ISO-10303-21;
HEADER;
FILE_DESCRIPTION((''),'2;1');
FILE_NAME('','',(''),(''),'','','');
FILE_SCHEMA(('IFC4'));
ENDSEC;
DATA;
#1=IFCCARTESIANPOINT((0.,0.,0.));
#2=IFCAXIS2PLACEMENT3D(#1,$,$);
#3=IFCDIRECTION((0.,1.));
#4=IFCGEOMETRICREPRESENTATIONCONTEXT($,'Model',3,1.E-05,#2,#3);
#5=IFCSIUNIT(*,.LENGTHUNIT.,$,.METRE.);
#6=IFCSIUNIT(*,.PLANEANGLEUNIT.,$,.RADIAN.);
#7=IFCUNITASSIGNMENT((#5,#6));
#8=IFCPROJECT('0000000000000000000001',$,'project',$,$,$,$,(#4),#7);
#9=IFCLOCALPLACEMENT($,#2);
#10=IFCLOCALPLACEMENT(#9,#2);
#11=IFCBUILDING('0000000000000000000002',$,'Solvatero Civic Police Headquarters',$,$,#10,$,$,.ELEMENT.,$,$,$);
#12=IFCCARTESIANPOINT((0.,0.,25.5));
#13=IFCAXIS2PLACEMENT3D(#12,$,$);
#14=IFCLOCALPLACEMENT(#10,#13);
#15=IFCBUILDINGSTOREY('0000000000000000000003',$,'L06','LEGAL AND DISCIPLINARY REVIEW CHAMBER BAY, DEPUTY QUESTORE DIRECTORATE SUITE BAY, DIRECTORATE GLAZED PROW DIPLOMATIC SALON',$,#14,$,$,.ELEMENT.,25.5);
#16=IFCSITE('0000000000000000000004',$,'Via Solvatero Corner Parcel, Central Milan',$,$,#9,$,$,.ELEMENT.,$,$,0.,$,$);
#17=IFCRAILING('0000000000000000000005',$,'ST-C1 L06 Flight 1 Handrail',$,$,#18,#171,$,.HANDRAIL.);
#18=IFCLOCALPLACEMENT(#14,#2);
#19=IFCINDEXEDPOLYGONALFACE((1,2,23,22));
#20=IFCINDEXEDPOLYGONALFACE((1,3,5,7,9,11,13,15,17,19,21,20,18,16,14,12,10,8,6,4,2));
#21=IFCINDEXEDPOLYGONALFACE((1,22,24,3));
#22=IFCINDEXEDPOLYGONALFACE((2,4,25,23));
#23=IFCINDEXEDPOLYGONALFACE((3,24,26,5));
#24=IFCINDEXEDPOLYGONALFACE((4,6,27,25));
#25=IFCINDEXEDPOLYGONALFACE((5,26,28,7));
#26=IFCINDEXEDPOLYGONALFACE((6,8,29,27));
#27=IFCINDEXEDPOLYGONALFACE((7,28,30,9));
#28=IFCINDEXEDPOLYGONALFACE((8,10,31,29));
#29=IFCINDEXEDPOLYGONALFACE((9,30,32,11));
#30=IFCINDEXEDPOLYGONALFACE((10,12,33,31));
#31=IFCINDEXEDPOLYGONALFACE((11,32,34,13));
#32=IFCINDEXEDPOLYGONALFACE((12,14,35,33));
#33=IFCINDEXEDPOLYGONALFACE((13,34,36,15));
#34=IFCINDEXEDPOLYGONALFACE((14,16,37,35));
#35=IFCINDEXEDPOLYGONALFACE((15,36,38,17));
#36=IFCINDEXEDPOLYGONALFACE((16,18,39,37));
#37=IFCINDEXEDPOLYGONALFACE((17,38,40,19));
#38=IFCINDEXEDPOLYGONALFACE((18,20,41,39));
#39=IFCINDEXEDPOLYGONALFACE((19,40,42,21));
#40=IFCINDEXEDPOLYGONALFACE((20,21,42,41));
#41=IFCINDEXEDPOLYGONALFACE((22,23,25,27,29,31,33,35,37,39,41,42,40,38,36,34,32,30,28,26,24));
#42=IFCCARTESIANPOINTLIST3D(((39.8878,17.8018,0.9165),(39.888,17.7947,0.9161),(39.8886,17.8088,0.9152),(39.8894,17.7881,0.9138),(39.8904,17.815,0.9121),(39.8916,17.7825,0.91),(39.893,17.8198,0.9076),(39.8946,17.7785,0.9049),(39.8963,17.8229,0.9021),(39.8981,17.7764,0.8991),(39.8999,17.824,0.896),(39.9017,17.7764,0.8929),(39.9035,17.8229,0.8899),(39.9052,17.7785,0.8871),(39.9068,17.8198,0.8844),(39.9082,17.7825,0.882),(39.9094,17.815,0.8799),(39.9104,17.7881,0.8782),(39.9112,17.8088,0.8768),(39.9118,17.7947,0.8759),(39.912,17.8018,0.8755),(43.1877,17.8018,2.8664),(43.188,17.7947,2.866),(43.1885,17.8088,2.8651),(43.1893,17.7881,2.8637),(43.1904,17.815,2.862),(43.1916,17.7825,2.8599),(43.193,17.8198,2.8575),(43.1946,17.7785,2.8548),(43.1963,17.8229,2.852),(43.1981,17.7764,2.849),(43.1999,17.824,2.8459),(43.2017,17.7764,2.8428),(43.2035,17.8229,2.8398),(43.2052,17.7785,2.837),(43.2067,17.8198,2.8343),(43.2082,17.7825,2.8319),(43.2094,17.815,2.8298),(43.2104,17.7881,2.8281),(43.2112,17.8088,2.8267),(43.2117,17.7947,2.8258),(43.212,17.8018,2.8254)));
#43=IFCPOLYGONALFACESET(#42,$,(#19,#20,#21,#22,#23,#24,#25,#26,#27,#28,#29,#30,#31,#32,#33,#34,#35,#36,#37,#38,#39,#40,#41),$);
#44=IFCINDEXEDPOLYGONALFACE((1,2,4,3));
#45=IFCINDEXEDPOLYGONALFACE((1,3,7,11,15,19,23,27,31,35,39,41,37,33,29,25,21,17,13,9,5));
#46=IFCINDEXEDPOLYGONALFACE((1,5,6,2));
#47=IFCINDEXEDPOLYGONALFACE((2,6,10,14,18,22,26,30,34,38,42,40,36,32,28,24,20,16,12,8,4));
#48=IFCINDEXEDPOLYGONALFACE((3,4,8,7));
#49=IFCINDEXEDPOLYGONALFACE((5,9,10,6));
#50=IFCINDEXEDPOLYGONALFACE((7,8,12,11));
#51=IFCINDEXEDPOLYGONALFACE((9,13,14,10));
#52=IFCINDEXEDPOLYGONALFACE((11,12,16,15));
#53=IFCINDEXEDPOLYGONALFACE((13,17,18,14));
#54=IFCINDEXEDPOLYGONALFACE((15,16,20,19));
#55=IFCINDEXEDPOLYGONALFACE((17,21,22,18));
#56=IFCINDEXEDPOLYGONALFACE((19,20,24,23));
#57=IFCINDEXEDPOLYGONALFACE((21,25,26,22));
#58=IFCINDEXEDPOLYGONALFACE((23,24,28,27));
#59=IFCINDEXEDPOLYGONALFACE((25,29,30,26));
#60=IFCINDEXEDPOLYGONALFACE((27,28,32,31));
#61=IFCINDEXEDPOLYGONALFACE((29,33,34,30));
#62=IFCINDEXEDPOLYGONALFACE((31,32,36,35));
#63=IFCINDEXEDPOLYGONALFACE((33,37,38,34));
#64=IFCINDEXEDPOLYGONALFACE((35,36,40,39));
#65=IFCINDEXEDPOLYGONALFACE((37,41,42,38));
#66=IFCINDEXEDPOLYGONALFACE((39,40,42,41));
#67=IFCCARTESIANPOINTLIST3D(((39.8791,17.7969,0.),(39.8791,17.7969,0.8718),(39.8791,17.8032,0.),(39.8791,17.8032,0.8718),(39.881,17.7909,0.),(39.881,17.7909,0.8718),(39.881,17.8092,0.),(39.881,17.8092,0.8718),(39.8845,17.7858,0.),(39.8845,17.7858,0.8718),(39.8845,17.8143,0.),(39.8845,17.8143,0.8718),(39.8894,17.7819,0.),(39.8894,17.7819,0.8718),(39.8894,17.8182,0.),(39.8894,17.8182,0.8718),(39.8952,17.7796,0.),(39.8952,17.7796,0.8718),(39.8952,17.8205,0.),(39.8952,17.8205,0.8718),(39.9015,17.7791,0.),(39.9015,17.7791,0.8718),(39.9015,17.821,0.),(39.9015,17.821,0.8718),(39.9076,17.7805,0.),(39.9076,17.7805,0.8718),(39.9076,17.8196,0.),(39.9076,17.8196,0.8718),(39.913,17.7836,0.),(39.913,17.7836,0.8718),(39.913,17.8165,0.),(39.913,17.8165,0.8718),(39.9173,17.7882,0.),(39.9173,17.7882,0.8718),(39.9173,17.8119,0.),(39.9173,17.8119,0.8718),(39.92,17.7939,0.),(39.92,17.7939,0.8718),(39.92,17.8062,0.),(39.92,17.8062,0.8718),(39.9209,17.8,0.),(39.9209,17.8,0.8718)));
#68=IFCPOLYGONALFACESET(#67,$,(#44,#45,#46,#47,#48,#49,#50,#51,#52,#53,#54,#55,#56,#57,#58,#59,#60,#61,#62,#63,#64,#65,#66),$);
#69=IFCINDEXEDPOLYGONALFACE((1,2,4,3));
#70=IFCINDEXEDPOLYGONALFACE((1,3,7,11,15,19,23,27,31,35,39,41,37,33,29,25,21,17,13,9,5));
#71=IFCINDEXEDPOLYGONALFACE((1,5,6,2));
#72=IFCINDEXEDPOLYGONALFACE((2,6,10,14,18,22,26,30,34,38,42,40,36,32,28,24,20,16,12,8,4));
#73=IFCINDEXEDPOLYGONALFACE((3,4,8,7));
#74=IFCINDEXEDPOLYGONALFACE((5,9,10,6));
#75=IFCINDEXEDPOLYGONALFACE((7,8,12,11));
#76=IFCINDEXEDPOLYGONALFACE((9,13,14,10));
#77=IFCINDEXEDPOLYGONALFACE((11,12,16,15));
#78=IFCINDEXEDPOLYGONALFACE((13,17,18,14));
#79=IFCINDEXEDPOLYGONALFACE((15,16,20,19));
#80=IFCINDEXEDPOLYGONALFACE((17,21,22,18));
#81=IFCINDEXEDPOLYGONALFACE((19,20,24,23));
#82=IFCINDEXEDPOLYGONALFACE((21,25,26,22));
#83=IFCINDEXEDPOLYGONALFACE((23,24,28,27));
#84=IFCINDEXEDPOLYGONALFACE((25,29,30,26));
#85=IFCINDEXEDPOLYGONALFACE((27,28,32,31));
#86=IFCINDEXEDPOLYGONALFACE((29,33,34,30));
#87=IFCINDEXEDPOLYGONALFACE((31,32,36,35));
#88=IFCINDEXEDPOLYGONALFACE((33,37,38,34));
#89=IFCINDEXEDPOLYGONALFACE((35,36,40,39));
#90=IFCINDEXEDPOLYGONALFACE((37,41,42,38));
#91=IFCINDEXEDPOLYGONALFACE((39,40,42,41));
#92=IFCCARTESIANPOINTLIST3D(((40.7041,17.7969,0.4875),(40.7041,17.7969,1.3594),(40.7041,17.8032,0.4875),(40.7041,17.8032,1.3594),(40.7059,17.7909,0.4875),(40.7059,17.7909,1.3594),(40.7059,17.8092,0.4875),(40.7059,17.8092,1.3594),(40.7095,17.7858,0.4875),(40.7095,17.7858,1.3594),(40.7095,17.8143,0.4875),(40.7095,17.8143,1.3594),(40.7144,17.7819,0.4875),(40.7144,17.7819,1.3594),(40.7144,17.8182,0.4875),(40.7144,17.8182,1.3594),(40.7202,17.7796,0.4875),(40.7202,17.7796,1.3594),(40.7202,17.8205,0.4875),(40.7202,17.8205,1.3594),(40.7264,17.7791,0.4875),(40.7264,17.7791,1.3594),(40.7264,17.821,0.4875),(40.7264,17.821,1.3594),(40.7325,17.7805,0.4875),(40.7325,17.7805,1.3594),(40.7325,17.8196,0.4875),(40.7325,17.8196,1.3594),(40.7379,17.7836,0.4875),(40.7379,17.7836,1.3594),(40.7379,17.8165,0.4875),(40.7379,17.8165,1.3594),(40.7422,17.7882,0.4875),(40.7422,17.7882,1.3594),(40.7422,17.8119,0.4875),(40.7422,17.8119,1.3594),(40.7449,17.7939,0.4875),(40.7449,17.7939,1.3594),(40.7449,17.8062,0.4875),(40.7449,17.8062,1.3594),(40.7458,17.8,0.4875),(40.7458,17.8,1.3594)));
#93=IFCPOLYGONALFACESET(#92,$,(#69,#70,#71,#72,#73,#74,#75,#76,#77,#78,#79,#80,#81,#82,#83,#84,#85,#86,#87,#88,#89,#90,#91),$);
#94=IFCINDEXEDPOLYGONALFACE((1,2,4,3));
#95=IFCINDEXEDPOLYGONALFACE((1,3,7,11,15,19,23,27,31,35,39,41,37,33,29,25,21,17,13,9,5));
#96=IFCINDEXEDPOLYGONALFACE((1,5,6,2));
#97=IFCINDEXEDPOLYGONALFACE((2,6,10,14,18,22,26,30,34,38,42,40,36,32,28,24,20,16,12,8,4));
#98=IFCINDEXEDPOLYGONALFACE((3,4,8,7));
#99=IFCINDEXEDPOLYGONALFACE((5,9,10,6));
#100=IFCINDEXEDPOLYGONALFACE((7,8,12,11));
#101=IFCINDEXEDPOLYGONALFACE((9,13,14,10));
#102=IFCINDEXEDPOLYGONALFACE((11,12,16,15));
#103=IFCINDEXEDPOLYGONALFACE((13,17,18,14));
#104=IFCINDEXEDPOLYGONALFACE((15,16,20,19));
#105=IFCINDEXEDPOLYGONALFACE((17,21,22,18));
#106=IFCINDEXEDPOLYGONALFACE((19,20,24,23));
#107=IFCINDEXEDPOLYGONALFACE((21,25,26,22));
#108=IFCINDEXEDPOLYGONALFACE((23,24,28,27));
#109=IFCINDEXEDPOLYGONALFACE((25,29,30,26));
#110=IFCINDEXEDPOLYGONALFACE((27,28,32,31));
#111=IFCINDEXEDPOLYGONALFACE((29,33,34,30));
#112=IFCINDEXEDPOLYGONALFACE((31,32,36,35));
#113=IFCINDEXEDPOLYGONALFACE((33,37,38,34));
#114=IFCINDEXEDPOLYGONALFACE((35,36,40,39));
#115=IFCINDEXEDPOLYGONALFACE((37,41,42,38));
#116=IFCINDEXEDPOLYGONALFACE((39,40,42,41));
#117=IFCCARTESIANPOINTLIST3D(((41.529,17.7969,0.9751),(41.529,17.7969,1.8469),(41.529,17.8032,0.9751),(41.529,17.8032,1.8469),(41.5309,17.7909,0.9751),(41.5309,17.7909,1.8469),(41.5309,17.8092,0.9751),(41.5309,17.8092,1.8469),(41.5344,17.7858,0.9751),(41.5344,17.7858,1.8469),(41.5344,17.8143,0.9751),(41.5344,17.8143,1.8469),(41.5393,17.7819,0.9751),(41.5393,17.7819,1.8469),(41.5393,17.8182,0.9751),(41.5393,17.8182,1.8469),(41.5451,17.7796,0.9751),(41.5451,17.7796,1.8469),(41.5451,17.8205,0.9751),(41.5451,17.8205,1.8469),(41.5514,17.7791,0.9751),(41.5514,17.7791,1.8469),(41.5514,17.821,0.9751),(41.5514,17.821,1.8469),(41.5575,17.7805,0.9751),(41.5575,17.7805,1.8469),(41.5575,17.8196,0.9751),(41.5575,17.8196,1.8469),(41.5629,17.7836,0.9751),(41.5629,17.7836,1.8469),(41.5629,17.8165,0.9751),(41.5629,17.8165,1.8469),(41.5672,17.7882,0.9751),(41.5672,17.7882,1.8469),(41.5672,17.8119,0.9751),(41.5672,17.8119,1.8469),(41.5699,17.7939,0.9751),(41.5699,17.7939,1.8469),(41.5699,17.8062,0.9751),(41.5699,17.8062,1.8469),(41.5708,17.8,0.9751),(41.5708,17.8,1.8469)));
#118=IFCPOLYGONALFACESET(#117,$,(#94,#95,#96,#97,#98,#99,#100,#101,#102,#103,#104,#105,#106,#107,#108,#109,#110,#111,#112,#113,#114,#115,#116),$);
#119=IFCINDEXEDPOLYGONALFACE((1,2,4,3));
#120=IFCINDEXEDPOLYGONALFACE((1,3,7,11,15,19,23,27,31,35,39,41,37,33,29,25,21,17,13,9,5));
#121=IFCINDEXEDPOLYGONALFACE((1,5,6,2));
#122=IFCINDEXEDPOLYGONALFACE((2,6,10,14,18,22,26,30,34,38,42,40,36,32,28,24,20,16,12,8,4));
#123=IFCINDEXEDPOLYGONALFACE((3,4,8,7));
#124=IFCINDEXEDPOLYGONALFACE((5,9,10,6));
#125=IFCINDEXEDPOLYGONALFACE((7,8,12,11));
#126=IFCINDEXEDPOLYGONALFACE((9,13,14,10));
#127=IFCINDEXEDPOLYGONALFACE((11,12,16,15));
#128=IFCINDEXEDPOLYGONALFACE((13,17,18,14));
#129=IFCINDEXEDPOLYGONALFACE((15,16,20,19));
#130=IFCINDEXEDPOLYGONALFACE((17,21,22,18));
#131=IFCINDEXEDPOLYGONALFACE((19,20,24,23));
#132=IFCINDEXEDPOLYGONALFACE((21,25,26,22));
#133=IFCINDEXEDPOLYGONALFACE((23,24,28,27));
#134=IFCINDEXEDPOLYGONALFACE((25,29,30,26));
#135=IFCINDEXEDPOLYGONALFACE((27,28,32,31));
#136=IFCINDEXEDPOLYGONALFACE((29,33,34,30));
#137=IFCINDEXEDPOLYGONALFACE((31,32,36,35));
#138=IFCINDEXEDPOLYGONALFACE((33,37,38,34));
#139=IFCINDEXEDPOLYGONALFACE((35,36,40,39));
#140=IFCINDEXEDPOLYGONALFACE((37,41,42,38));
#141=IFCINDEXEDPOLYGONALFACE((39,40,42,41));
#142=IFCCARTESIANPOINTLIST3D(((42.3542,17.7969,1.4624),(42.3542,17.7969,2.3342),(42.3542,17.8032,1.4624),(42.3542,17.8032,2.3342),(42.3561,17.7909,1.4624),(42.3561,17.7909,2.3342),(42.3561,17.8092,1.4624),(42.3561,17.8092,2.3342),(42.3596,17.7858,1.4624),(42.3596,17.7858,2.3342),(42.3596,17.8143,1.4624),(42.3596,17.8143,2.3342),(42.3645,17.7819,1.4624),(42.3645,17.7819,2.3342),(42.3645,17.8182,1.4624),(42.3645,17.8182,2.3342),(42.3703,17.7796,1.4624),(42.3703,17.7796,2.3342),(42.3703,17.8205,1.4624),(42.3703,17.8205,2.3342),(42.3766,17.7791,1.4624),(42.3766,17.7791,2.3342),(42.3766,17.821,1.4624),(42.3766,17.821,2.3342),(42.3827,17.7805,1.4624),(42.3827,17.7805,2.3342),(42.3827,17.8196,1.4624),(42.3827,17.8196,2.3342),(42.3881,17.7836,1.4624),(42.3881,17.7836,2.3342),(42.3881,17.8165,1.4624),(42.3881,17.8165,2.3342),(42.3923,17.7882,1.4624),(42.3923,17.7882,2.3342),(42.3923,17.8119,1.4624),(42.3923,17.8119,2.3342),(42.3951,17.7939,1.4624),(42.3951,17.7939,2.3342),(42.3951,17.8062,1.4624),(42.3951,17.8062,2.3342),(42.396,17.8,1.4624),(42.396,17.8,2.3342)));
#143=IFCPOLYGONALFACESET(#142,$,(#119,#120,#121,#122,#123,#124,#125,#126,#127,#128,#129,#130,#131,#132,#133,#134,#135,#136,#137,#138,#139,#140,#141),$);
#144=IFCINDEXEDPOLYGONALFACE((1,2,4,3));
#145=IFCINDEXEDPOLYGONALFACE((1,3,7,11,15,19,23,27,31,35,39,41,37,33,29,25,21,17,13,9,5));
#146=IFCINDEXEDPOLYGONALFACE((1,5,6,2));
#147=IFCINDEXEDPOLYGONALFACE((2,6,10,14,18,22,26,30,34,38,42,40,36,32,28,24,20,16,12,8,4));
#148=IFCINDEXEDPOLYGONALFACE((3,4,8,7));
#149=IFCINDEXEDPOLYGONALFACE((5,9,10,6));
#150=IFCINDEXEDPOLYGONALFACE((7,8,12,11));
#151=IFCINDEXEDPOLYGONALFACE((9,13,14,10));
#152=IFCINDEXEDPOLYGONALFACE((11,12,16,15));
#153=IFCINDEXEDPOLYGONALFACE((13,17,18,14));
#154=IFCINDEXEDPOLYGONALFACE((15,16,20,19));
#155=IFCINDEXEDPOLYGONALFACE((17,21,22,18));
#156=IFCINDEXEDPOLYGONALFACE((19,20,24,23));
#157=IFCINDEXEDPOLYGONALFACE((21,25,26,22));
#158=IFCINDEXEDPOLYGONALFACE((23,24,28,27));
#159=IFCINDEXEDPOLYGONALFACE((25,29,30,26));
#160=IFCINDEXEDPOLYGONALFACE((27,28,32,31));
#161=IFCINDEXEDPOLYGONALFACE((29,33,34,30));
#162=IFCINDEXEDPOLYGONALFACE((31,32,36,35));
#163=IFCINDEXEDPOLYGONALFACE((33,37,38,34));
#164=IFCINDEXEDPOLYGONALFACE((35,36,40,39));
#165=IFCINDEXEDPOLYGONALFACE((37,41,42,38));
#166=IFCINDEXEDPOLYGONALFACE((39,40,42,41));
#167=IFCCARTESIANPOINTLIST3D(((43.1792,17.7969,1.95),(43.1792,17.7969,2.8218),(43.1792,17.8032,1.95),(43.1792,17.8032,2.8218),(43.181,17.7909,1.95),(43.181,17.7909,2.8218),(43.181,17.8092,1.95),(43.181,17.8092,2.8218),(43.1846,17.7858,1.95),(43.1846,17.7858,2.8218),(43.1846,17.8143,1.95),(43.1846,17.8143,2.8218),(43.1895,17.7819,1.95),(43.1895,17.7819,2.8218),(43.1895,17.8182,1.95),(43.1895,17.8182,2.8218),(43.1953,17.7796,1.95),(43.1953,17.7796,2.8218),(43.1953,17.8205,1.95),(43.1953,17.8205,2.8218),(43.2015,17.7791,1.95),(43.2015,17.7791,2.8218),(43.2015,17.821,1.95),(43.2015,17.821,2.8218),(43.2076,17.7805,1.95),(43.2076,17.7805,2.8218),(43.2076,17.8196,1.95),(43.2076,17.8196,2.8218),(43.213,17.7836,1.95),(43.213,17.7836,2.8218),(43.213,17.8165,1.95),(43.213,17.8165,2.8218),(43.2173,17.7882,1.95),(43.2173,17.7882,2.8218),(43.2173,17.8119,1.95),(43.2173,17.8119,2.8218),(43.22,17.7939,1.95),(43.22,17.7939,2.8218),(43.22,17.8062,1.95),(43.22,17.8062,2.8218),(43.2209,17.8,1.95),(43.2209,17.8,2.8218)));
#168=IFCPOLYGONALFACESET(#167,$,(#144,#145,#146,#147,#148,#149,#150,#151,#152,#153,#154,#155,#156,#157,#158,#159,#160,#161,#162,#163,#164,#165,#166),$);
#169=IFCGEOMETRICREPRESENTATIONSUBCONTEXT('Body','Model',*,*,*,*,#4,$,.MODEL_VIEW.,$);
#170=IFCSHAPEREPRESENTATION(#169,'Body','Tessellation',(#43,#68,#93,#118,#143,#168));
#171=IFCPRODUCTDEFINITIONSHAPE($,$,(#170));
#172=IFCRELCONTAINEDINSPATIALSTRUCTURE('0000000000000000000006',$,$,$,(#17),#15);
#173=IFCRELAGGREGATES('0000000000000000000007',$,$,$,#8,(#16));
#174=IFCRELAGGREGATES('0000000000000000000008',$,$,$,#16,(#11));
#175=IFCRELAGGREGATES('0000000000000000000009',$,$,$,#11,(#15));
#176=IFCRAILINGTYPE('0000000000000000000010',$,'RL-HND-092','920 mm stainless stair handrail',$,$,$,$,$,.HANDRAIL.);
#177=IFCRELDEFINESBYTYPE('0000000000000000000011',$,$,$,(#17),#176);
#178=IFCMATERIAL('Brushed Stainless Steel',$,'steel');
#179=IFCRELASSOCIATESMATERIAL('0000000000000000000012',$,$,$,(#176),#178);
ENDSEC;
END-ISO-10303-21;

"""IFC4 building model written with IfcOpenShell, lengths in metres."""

from ifc_helpers import new_model, si_unit, direction, frame, origin, origin_2d, place, context, subcontext, project, spatial, circle, extrude, material, type_object, element, save


model = new_model("IFC4")

# Units and contexts
model_context = context("Model", 3, precision=1e-05, world=origin(), true_north=direction((0.0, 1.0)))
body_context = subcontext(model_context, "Body", "Model", "MODEL_VIEW")
ifc_project = project(units=[si_unit("LENGTHUNIT", "METRE"), si_unit("PLANEANGLEUNIT", "RADIAN")], contexts=[model_context])

# Site, building, storey
site_placement = place(None, origin())
site = spatial("IfcSite", under=ifc_project, at=site_placement, Name="Via Solvatero Corner Parcel, Central Milan", CompositionType="ELEMENT", RefElevation=0.0)
building_placement = place(site_placement, origin())
building = spatial("IfcBuilding", under=site, at=building_placement, Name="Solvatero Civic Police Headquarters", CompositionType="ELEMENT")
storey_placement = place(building_placement, frame((0.0, 0.0, 25.5)))
storey = spatial("IfcBuildingStorey", under=building, at=storey_placement, Name="L06", Description="LEGAL AND DISCIPLINARY REVIEW CHAMBER BAY, DEPUTY QUESTORE DIRECTORATE SUITE BAY, DIRECTORATE GLAZED PROW DIPLOMATIC SALON", CompositionType="ELEMENT", Elevation=25.5)

# Railing
ifc_material_1 = material(Name="Brushed Stainless Steel", Category="steel")
railing_type_1 = type_object("IfcRailingType", Name="RL-HND-092", Description="920 mm stainless stair handrail", PredefinedType="HANDRAIL", material=ifc_material_1)
railing_1_placement = place(storey_placement, frame((39.8999, 17.8, 0.0)))
element("IfcRailing", 1, at=railing_1_placement, inside=storey, type_object=railing_type_1, Name="ST-C1 L06 Flight 1 Handrail", PredefinedType="HANDRAIL", context=body_context, shape_type="SweptSolid", body=[
    extrude(circle(Radius=0.0239, at=origin_2d()), frame((0.0, 0.0, 0.896), z_axis=(0.860935, 0.0, 0.508714), x_axis=(0.0, 1.0, 0.0)), (0.0, 0.0, 1.0), 3.833),
    extrude(circle(Radius=0.021, at=origin_2d()), origin(), (0.0, 0.0, 1.0), 0.8718),
    extrude(circle(Radius=0.021, at=origin_2d()), frame((0.825, 0.0, 0.4875)), (0.0, 0.0, 1.0), 0.8718),
    extrude(circle(Radius=0.021, at=origin_2d()), frame((1.6499, 0.0, 0.9751)), (0.0, 0.0, 1.0), 0.8718),
    extrude(circle(Radius=0.021, at=origin_2d()), frame((2.4751, 0.0, 1.4624)), (0.0, 0.0, 1.0), 0.8718),
    extrude(circle(Radius=0.021, at=origin_2d()), frame((3.3, 0.0, 1.95)), (0.0, 0.0, 1.0), 0.8718),
])

save(model, "model.ifc")
